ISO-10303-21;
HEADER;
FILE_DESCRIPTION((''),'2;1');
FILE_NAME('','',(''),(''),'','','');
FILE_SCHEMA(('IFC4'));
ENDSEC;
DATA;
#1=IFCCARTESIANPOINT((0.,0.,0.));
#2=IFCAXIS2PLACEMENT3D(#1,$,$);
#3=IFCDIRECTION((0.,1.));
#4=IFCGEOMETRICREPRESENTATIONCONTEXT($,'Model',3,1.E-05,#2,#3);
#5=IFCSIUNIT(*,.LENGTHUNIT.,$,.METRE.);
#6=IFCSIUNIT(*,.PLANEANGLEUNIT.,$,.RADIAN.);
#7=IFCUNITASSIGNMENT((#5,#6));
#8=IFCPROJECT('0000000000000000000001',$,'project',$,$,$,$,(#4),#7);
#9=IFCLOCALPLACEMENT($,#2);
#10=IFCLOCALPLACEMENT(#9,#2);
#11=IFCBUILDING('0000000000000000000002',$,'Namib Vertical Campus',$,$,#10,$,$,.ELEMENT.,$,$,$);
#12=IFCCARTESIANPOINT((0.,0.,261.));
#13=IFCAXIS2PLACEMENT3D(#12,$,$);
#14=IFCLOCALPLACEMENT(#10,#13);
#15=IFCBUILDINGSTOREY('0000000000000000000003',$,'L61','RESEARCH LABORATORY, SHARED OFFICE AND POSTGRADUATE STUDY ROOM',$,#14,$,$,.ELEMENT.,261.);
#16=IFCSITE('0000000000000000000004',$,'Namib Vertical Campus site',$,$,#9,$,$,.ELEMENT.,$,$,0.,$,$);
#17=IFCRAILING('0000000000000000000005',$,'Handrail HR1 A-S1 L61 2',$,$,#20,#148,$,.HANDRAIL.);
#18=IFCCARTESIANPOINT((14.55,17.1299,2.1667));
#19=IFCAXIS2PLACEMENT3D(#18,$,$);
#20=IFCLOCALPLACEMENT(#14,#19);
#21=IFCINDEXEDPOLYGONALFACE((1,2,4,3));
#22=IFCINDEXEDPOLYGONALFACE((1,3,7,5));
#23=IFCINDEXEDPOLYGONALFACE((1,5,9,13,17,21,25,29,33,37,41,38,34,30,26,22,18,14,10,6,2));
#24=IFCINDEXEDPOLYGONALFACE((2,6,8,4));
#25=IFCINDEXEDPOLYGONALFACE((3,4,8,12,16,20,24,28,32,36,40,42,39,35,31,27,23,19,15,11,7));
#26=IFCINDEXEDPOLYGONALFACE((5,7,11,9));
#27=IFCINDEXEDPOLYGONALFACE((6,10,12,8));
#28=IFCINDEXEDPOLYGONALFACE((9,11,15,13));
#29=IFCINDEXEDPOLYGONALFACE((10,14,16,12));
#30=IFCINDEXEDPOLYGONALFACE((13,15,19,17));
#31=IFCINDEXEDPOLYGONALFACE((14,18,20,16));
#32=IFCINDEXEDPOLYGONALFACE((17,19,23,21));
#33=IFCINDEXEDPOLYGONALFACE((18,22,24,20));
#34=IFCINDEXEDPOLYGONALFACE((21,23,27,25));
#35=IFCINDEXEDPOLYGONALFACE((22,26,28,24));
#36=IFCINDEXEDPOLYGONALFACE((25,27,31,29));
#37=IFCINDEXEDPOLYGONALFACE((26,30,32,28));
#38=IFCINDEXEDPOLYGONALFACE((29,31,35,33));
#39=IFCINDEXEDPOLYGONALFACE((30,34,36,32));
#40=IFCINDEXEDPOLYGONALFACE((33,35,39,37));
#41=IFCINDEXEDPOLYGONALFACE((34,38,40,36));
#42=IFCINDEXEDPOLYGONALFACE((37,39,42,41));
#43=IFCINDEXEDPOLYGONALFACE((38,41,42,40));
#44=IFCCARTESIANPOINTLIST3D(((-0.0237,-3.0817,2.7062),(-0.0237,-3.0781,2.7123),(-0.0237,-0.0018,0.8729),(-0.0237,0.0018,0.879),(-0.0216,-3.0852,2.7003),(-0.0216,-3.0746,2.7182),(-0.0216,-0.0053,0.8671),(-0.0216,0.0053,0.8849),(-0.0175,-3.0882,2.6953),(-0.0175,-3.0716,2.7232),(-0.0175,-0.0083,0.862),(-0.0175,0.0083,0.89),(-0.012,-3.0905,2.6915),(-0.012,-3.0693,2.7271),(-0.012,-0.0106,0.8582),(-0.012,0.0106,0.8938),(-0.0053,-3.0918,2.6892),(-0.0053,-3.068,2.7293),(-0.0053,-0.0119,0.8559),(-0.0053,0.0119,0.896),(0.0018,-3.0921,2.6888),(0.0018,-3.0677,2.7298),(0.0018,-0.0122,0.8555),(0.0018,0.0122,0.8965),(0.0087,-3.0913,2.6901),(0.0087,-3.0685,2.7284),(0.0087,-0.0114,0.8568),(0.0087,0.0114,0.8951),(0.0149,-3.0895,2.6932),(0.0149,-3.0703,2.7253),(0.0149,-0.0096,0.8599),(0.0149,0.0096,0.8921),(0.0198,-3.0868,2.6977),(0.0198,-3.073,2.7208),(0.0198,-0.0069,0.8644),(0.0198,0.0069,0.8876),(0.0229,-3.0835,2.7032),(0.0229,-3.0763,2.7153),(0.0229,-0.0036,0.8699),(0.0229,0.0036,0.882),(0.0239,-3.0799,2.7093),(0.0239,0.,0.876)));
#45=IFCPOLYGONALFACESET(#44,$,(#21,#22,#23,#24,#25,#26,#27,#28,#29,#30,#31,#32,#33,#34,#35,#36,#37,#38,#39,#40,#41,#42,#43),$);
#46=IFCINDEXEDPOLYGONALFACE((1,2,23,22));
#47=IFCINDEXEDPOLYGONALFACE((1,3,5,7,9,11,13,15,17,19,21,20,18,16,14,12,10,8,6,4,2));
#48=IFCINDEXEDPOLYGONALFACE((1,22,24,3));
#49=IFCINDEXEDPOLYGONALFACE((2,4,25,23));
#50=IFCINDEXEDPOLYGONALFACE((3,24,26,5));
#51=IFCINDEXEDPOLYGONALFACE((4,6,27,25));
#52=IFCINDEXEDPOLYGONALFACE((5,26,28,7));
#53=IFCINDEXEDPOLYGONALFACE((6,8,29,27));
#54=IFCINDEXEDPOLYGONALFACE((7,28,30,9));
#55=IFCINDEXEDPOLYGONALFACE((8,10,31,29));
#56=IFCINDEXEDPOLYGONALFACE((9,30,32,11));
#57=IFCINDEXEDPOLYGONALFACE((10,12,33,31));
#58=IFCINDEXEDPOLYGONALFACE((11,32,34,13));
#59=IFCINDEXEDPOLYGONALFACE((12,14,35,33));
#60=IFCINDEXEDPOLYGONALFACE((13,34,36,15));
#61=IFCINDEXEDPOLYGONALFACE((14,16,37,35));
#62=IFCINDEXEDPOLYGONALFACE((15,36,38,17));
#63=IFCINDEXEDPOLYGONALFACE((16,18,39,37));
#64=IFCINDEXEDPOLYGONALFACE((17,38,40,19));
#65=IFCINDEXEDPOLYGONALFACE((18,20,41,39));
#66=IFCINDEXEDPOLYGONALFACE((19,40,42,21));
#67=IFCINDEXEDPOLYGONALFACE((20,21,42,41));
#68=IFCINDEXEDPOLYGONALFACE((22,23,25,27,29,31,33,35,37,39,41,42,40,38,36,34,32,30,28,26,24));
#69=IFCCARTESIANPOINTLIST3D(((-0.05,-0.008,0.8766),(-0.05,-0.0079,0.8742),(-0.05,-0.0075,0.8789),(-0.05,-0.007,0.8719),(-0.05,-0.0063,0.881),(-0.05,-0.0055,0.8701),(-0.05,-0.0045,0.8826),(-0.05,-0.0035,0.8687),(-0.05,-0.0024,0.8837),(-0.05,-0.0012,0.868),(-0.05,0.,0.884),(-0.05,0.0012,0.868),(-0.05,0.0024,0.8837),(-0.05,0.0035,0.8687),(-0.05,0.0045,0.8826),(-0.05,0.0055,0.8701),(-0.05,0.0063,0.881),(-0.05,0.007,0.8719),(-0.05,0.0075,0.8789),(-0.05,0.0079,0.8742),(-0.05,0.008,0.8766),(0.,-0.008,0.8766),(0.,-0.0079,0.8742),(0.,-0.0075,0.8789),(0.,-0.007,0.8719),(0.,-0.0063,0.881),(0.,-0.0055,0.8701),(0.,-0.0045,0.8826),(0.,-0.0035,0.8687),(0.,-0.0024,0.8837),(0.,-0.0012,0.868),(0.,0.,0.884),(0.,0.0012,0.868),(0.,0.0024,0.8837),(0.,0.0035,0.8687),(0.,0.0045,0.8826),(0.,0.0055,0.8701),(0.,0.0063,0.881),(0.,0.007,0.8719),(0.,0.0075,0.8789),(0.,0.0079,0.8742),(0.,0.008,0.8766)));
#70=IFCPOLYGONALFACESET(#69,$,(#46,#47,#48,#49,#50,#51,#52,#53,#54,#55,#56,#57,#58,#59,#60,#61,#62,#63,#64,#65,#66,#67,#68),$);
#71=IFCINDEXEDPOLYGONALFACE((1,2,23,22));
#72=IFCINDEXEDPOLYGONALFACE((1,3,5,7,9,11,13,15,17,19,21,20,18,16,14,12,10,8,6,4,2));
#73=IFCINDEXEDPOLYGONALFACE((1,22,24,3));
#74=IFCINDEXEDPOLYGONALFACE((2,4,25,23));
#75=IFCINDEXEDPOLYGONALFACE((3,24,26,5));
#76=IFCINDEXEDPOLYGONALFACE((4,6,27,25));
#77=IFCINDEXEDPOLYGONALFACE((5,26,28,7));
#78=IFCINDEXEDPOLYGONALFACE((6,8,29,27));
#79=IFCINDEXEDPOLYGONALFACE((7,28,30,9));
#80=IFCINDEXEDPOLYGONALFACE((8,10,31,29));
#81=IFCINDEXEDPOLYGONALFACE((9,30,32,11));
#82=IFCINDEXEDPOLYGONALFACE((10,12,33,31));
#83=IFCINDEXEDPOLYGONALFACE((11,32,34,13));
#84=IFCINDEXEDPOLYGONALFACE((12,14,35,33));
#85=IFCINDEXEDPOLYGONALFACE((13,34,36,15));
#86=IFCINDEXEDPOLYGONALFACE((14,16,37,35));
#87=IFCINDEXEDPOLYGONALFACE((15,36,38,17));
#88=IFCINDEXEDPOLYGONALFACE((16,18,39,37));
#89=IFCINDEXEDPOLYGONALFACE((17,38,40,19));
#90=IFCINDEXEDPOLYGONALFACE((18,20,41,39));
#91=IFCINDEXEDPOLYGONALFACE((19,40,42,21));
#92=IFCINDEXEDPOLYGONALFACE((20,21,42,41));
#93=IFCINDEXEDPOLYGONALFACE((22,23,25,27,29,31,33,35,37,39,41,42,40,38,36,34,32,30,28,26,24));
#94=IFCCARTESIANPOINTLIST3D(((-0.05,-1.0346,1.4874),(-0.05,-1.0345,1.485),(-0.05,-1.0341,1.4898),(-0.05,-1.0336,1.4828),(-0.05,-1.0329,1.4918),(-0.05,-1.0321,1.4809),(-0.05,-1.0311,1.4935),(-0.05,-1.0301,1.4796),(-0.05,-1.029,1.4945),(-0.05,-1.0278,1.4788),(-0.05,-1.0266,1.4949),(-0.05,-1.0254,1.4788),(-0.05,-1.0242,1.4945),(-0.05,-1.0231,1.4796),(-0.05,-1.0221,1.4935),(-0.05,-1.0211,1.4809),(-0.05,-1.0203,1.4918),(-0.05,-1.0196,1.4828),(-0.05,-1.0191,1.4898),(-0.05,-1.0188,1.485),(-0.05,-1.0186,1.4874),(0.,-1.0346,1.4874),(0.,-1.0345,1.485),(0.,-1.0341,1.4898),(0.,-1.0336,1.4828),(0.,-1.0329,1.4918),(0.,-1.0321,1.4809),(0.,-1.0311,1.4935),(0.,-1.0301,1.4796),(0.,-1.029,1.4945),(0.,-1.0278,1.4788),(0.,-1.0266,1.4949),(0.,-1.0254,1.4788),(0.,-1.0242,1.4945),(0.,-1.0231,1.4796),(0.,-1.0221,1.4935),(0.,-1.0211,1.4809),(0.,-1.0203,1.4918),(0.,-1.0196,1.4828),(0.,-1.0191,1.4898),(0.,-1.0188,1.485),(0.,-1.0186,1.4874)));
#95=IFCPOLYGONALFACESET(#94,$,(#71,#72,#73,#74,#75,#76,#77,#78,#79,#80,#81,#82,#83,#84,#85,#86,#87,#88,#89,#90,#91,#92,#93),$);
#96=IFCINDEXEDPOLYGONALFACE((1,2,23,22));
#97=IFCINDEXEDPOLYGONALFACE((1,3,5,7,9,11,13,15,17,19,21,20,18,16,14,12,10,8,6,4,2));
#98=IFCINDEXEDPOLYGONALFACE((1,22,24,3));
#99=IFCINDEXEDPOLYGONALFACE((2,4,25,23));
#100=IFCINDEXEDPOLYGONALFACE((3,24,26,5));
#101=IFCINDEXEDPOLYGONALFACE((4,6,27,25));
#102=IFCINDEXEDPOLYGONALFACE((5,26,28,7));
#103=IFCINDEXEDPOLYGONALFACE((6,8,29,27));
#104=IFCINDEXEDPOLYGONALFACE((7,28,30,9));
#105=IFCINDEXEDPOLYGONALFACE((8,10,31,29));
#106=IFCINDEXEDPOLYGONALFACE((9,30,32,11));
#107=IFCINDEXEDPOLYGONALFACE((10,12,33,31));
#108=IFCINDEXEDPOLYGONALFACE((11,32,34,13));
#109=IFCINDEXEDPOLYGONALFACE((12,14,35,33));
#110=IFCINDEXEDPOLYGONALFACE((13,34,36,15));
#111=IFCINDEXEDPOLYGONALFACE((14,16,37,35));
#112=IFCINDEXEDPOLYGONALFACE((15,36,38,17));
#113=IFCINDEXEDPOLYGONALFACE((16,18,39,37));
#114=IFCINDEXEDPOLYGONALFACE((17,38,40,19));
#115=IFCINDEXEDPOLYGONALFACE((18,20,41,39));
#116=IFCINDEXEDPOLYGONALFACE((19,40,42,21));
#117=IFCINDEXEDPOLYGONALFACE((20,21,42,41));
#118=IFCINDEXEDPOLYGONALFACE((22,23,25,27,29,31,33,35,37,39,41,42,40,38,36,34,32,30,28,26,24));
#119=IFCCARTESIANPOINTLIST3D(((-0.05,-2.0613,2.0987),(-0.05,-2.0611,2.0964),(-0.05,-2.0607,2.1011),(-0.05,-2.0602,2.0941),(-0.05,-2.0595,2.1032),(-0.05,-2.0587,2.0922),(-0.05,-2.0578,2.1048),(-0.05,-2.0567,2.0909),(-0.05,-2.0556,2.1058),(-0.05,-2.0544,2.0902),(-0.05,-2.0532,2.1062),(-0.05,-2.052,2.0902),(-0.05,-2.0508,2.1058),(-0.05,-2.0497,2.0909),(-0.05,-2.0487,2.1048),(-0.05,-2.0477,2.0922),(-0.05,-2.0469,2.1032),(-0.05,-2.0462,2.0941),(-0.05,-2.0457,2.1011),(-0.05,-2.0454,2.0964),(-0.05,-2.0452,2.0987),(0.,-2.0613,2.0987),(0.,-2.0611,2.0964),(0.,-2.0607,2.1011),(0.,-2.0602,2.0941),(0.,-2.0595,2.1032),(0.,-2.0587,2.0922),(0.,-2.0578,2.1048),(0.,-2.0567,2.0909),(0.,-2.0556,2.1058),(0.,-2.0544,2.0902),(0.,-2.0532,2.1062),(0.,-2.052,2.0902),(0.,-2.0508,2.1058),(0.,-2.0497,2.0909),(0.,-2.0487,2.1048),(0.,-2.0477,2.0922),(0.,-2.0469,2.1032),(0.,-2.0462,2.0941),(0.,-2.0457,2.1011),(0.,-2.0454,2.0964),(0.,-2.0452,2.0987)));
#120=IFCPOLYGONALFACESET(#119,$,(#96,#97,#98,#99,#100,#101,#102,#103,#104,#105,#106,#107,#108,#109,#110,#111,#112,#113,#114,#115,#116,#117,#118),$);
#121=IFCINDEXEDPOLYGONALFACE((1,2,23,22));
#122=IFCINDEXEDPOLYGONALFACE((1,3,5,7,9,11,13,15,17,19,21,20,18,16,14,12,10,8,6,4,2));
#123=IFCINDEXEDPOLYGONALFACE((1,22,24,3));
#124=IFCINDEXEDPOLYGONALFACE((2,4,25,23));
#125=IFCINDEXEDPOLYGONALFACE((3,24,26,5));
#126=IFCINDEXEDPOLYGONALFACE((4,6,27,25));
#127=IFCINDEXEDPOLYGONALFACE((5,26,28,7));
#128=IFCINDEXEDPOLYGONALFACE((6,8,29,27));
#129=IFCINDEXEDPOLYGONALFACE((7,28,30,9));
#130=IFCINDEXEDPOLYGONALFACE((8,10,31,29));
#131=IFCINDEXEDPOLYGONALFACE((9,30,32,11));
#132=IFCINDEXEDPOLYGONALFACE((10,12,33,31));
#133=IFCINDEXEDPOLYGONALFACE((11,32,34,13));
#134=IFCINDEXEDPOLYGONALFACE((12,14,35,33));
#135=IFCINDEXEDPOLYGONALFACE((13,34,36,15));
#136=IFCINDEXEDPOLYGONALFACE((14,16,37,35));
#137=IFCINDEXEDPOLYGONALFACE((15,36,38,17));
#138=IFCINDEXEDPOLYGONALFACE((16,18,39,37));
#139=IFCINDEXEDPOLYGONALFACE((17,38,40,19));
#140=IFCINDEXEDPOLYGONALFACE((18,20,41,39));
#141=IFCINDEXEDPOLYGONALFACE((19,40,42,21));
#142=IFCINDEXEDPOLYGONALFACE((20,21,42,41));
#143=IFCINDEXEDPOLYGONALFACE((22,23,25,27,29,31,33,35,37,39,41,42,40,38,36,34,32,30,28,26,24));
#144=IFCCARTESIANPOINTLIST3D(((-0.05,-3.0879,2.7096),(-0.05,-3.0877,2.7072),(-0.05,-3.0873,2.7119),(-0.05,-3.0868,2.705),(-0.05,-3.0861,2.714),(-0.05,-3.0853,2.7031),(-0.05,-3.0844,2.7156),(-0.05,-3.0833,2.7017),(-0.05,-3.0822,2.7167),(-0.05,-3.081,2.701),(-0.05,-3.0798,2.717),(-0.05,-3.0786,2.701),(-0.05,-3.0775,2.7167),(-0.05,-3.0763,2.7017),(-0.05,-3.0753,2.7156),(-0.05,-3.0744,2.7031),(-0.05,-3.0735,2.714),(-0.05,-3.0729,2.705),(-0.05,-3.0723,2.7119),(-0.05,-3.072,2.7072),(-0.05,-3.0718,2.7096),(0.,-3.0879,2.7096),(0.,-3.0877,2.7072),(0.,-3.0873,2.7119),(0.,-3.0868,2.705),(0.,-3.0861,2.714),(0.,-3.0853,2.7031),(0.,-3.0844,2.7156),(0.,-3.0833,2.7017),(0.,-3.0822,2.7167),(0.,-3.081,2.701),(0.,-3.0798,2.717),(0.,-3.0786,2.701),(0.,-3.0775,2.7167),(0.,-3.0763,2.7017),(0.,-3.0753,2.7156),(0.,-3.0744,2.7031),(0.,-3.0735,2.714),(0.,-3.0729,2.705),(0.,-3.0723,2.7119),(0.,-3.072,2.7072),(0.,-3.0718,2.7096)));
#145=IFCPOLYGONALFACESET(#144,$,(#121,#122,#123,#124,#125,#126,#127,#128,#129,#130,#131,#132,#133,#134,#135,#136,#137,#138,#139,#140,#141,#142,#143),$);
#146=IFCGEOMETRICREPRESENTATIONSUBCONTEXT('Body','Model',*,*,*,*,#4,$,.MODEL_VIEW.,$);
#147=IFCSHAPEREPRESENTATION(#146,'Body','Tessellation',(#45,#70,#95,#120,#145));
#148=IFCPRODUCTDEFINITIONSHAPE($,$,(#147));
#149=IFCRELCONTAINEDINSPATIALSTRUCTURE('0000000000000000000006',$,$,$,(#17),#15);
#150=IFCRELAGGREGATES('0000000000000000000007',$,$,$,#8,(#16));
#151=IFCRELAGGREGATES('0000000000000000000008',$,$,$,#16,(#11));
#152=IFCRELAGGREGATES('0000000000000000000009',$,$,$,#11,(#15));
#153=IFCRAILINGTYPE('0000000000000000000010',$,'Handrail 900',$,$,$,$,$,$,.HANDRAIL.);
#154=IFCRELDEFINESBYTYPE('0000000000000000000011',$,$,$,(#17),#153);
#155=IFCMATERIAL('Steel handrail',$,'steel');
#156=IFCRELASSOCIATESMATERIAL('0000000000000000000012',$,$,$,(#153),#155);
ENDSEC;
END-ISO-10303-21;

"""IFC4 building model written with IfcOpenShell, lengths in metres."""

from ifc_helpers import new_model, si_unit, direction, frame, origin, origin_2d, place, context, subcontext, project, spatial, circle, extrude, material, type_object, element, save


model = new_model("IFC4")

# Units and contexts
model_context = context("Model", 3, precision=1e-05, world=origin(), true_north=direction((0.0, 1.0)))
body_context = subcontext(model_context, "Body", "Model", "MODEL_VIEW")
ifc_project = project(units=[si_unit("LENGTHUNIT", "METRE"), si_unit("PLANEANGLEUNIT", "RADIAN")], contexts=[model_context])

# Site, building, storey
site_placement = place(None, origin())
site = spatial("IfcSite", under=ifc_project, at=site_placement, Name="Namib Vertical Campus site", CompositionType="ELEMENT", RefElevation=0.0)
building_placement = place(site_placement, origin())
building = spatial("IfcBuilding", under=site, at=building_placement, Name="Namib Vertical Campus", CompositionType="ELEMENT")
storey_placement = place(building_placement, frame((0.0, 0.0, 261.0)))
storey = spatial("IfcBuildingStorey", under=building, at=storey_placement, Name="L61", Description="RESEARCH LABORATORY, SHARED OFFICE AND POSTGRADUATE STUDY ROOM", CompositionType="ELEMENT", Elevation=261.0)

# Railing
ifc_material_1 = material(Name="Steel handrail", Category="steel")
railing_type = type_object("IfcRailingType", Name="Handrail 900", PredefinedType="HANDRAIL", material=ifc_material_1)
railing_placement = place(storey_placement, frame((14.55, 17.1299, 2.1667)))
element("IfcRailing", 1, at=railing_placement, inside=storey, type_object=railing_type, Name="Handrail HR1 A-S1 L61 2", PredefinedType="HANDRAIL", context=body_context, shape_type="SweptSolid", body=[
    extrude(circle(Radius=0.0239, at=origin_2d()), frame((0.0, 0.0, 0.876), z_axis=(0.0, -0.859291, 0.511487), x_axis=(1.0, 0.0, 0.0)), (0.0, 0.0, 1.0), 3.5842),
    extrude(circle(Radius=0.0081, at=origin_2d()), frame((0.0, 0.0, 0.876), z_axis=(-1.0, 0.0, 0.0), x_axis=(0.0, 0.0, 1.0)), (0.0, 0.0, 1.0), 0.05),
    extrude(circle(Radius=0.0081, at=origin_2d()), frame((0.0, -1.0266, 1.4868), z_axis=(-1.0, 0.0, 0.0), x_axis=(0.0, 0.0, 1.0)), (0.0, 0.0, 1.0), 0.05),
    extrude(circle(Radius=0.0081, at=origin_2d()), frame((0.0, -2.0532, 2.0981), z_axis=(-1.0, 0.0, 0.0), x_axis=(0.0, 0.0, 1.0)), (0.0, 0.0, 1.0), 0.05),
    extrude(circle(Radius=0.0081, at=origin_2d()), frame((0.0, -3.0798, 2.709), z_axis=(-1.0, 0.0, 0.0), x_axis=(0.0, 0.0, 1.0)), (0.0, 0.0, 1.0), 0.05),
])

save(model, "model.ifc")
